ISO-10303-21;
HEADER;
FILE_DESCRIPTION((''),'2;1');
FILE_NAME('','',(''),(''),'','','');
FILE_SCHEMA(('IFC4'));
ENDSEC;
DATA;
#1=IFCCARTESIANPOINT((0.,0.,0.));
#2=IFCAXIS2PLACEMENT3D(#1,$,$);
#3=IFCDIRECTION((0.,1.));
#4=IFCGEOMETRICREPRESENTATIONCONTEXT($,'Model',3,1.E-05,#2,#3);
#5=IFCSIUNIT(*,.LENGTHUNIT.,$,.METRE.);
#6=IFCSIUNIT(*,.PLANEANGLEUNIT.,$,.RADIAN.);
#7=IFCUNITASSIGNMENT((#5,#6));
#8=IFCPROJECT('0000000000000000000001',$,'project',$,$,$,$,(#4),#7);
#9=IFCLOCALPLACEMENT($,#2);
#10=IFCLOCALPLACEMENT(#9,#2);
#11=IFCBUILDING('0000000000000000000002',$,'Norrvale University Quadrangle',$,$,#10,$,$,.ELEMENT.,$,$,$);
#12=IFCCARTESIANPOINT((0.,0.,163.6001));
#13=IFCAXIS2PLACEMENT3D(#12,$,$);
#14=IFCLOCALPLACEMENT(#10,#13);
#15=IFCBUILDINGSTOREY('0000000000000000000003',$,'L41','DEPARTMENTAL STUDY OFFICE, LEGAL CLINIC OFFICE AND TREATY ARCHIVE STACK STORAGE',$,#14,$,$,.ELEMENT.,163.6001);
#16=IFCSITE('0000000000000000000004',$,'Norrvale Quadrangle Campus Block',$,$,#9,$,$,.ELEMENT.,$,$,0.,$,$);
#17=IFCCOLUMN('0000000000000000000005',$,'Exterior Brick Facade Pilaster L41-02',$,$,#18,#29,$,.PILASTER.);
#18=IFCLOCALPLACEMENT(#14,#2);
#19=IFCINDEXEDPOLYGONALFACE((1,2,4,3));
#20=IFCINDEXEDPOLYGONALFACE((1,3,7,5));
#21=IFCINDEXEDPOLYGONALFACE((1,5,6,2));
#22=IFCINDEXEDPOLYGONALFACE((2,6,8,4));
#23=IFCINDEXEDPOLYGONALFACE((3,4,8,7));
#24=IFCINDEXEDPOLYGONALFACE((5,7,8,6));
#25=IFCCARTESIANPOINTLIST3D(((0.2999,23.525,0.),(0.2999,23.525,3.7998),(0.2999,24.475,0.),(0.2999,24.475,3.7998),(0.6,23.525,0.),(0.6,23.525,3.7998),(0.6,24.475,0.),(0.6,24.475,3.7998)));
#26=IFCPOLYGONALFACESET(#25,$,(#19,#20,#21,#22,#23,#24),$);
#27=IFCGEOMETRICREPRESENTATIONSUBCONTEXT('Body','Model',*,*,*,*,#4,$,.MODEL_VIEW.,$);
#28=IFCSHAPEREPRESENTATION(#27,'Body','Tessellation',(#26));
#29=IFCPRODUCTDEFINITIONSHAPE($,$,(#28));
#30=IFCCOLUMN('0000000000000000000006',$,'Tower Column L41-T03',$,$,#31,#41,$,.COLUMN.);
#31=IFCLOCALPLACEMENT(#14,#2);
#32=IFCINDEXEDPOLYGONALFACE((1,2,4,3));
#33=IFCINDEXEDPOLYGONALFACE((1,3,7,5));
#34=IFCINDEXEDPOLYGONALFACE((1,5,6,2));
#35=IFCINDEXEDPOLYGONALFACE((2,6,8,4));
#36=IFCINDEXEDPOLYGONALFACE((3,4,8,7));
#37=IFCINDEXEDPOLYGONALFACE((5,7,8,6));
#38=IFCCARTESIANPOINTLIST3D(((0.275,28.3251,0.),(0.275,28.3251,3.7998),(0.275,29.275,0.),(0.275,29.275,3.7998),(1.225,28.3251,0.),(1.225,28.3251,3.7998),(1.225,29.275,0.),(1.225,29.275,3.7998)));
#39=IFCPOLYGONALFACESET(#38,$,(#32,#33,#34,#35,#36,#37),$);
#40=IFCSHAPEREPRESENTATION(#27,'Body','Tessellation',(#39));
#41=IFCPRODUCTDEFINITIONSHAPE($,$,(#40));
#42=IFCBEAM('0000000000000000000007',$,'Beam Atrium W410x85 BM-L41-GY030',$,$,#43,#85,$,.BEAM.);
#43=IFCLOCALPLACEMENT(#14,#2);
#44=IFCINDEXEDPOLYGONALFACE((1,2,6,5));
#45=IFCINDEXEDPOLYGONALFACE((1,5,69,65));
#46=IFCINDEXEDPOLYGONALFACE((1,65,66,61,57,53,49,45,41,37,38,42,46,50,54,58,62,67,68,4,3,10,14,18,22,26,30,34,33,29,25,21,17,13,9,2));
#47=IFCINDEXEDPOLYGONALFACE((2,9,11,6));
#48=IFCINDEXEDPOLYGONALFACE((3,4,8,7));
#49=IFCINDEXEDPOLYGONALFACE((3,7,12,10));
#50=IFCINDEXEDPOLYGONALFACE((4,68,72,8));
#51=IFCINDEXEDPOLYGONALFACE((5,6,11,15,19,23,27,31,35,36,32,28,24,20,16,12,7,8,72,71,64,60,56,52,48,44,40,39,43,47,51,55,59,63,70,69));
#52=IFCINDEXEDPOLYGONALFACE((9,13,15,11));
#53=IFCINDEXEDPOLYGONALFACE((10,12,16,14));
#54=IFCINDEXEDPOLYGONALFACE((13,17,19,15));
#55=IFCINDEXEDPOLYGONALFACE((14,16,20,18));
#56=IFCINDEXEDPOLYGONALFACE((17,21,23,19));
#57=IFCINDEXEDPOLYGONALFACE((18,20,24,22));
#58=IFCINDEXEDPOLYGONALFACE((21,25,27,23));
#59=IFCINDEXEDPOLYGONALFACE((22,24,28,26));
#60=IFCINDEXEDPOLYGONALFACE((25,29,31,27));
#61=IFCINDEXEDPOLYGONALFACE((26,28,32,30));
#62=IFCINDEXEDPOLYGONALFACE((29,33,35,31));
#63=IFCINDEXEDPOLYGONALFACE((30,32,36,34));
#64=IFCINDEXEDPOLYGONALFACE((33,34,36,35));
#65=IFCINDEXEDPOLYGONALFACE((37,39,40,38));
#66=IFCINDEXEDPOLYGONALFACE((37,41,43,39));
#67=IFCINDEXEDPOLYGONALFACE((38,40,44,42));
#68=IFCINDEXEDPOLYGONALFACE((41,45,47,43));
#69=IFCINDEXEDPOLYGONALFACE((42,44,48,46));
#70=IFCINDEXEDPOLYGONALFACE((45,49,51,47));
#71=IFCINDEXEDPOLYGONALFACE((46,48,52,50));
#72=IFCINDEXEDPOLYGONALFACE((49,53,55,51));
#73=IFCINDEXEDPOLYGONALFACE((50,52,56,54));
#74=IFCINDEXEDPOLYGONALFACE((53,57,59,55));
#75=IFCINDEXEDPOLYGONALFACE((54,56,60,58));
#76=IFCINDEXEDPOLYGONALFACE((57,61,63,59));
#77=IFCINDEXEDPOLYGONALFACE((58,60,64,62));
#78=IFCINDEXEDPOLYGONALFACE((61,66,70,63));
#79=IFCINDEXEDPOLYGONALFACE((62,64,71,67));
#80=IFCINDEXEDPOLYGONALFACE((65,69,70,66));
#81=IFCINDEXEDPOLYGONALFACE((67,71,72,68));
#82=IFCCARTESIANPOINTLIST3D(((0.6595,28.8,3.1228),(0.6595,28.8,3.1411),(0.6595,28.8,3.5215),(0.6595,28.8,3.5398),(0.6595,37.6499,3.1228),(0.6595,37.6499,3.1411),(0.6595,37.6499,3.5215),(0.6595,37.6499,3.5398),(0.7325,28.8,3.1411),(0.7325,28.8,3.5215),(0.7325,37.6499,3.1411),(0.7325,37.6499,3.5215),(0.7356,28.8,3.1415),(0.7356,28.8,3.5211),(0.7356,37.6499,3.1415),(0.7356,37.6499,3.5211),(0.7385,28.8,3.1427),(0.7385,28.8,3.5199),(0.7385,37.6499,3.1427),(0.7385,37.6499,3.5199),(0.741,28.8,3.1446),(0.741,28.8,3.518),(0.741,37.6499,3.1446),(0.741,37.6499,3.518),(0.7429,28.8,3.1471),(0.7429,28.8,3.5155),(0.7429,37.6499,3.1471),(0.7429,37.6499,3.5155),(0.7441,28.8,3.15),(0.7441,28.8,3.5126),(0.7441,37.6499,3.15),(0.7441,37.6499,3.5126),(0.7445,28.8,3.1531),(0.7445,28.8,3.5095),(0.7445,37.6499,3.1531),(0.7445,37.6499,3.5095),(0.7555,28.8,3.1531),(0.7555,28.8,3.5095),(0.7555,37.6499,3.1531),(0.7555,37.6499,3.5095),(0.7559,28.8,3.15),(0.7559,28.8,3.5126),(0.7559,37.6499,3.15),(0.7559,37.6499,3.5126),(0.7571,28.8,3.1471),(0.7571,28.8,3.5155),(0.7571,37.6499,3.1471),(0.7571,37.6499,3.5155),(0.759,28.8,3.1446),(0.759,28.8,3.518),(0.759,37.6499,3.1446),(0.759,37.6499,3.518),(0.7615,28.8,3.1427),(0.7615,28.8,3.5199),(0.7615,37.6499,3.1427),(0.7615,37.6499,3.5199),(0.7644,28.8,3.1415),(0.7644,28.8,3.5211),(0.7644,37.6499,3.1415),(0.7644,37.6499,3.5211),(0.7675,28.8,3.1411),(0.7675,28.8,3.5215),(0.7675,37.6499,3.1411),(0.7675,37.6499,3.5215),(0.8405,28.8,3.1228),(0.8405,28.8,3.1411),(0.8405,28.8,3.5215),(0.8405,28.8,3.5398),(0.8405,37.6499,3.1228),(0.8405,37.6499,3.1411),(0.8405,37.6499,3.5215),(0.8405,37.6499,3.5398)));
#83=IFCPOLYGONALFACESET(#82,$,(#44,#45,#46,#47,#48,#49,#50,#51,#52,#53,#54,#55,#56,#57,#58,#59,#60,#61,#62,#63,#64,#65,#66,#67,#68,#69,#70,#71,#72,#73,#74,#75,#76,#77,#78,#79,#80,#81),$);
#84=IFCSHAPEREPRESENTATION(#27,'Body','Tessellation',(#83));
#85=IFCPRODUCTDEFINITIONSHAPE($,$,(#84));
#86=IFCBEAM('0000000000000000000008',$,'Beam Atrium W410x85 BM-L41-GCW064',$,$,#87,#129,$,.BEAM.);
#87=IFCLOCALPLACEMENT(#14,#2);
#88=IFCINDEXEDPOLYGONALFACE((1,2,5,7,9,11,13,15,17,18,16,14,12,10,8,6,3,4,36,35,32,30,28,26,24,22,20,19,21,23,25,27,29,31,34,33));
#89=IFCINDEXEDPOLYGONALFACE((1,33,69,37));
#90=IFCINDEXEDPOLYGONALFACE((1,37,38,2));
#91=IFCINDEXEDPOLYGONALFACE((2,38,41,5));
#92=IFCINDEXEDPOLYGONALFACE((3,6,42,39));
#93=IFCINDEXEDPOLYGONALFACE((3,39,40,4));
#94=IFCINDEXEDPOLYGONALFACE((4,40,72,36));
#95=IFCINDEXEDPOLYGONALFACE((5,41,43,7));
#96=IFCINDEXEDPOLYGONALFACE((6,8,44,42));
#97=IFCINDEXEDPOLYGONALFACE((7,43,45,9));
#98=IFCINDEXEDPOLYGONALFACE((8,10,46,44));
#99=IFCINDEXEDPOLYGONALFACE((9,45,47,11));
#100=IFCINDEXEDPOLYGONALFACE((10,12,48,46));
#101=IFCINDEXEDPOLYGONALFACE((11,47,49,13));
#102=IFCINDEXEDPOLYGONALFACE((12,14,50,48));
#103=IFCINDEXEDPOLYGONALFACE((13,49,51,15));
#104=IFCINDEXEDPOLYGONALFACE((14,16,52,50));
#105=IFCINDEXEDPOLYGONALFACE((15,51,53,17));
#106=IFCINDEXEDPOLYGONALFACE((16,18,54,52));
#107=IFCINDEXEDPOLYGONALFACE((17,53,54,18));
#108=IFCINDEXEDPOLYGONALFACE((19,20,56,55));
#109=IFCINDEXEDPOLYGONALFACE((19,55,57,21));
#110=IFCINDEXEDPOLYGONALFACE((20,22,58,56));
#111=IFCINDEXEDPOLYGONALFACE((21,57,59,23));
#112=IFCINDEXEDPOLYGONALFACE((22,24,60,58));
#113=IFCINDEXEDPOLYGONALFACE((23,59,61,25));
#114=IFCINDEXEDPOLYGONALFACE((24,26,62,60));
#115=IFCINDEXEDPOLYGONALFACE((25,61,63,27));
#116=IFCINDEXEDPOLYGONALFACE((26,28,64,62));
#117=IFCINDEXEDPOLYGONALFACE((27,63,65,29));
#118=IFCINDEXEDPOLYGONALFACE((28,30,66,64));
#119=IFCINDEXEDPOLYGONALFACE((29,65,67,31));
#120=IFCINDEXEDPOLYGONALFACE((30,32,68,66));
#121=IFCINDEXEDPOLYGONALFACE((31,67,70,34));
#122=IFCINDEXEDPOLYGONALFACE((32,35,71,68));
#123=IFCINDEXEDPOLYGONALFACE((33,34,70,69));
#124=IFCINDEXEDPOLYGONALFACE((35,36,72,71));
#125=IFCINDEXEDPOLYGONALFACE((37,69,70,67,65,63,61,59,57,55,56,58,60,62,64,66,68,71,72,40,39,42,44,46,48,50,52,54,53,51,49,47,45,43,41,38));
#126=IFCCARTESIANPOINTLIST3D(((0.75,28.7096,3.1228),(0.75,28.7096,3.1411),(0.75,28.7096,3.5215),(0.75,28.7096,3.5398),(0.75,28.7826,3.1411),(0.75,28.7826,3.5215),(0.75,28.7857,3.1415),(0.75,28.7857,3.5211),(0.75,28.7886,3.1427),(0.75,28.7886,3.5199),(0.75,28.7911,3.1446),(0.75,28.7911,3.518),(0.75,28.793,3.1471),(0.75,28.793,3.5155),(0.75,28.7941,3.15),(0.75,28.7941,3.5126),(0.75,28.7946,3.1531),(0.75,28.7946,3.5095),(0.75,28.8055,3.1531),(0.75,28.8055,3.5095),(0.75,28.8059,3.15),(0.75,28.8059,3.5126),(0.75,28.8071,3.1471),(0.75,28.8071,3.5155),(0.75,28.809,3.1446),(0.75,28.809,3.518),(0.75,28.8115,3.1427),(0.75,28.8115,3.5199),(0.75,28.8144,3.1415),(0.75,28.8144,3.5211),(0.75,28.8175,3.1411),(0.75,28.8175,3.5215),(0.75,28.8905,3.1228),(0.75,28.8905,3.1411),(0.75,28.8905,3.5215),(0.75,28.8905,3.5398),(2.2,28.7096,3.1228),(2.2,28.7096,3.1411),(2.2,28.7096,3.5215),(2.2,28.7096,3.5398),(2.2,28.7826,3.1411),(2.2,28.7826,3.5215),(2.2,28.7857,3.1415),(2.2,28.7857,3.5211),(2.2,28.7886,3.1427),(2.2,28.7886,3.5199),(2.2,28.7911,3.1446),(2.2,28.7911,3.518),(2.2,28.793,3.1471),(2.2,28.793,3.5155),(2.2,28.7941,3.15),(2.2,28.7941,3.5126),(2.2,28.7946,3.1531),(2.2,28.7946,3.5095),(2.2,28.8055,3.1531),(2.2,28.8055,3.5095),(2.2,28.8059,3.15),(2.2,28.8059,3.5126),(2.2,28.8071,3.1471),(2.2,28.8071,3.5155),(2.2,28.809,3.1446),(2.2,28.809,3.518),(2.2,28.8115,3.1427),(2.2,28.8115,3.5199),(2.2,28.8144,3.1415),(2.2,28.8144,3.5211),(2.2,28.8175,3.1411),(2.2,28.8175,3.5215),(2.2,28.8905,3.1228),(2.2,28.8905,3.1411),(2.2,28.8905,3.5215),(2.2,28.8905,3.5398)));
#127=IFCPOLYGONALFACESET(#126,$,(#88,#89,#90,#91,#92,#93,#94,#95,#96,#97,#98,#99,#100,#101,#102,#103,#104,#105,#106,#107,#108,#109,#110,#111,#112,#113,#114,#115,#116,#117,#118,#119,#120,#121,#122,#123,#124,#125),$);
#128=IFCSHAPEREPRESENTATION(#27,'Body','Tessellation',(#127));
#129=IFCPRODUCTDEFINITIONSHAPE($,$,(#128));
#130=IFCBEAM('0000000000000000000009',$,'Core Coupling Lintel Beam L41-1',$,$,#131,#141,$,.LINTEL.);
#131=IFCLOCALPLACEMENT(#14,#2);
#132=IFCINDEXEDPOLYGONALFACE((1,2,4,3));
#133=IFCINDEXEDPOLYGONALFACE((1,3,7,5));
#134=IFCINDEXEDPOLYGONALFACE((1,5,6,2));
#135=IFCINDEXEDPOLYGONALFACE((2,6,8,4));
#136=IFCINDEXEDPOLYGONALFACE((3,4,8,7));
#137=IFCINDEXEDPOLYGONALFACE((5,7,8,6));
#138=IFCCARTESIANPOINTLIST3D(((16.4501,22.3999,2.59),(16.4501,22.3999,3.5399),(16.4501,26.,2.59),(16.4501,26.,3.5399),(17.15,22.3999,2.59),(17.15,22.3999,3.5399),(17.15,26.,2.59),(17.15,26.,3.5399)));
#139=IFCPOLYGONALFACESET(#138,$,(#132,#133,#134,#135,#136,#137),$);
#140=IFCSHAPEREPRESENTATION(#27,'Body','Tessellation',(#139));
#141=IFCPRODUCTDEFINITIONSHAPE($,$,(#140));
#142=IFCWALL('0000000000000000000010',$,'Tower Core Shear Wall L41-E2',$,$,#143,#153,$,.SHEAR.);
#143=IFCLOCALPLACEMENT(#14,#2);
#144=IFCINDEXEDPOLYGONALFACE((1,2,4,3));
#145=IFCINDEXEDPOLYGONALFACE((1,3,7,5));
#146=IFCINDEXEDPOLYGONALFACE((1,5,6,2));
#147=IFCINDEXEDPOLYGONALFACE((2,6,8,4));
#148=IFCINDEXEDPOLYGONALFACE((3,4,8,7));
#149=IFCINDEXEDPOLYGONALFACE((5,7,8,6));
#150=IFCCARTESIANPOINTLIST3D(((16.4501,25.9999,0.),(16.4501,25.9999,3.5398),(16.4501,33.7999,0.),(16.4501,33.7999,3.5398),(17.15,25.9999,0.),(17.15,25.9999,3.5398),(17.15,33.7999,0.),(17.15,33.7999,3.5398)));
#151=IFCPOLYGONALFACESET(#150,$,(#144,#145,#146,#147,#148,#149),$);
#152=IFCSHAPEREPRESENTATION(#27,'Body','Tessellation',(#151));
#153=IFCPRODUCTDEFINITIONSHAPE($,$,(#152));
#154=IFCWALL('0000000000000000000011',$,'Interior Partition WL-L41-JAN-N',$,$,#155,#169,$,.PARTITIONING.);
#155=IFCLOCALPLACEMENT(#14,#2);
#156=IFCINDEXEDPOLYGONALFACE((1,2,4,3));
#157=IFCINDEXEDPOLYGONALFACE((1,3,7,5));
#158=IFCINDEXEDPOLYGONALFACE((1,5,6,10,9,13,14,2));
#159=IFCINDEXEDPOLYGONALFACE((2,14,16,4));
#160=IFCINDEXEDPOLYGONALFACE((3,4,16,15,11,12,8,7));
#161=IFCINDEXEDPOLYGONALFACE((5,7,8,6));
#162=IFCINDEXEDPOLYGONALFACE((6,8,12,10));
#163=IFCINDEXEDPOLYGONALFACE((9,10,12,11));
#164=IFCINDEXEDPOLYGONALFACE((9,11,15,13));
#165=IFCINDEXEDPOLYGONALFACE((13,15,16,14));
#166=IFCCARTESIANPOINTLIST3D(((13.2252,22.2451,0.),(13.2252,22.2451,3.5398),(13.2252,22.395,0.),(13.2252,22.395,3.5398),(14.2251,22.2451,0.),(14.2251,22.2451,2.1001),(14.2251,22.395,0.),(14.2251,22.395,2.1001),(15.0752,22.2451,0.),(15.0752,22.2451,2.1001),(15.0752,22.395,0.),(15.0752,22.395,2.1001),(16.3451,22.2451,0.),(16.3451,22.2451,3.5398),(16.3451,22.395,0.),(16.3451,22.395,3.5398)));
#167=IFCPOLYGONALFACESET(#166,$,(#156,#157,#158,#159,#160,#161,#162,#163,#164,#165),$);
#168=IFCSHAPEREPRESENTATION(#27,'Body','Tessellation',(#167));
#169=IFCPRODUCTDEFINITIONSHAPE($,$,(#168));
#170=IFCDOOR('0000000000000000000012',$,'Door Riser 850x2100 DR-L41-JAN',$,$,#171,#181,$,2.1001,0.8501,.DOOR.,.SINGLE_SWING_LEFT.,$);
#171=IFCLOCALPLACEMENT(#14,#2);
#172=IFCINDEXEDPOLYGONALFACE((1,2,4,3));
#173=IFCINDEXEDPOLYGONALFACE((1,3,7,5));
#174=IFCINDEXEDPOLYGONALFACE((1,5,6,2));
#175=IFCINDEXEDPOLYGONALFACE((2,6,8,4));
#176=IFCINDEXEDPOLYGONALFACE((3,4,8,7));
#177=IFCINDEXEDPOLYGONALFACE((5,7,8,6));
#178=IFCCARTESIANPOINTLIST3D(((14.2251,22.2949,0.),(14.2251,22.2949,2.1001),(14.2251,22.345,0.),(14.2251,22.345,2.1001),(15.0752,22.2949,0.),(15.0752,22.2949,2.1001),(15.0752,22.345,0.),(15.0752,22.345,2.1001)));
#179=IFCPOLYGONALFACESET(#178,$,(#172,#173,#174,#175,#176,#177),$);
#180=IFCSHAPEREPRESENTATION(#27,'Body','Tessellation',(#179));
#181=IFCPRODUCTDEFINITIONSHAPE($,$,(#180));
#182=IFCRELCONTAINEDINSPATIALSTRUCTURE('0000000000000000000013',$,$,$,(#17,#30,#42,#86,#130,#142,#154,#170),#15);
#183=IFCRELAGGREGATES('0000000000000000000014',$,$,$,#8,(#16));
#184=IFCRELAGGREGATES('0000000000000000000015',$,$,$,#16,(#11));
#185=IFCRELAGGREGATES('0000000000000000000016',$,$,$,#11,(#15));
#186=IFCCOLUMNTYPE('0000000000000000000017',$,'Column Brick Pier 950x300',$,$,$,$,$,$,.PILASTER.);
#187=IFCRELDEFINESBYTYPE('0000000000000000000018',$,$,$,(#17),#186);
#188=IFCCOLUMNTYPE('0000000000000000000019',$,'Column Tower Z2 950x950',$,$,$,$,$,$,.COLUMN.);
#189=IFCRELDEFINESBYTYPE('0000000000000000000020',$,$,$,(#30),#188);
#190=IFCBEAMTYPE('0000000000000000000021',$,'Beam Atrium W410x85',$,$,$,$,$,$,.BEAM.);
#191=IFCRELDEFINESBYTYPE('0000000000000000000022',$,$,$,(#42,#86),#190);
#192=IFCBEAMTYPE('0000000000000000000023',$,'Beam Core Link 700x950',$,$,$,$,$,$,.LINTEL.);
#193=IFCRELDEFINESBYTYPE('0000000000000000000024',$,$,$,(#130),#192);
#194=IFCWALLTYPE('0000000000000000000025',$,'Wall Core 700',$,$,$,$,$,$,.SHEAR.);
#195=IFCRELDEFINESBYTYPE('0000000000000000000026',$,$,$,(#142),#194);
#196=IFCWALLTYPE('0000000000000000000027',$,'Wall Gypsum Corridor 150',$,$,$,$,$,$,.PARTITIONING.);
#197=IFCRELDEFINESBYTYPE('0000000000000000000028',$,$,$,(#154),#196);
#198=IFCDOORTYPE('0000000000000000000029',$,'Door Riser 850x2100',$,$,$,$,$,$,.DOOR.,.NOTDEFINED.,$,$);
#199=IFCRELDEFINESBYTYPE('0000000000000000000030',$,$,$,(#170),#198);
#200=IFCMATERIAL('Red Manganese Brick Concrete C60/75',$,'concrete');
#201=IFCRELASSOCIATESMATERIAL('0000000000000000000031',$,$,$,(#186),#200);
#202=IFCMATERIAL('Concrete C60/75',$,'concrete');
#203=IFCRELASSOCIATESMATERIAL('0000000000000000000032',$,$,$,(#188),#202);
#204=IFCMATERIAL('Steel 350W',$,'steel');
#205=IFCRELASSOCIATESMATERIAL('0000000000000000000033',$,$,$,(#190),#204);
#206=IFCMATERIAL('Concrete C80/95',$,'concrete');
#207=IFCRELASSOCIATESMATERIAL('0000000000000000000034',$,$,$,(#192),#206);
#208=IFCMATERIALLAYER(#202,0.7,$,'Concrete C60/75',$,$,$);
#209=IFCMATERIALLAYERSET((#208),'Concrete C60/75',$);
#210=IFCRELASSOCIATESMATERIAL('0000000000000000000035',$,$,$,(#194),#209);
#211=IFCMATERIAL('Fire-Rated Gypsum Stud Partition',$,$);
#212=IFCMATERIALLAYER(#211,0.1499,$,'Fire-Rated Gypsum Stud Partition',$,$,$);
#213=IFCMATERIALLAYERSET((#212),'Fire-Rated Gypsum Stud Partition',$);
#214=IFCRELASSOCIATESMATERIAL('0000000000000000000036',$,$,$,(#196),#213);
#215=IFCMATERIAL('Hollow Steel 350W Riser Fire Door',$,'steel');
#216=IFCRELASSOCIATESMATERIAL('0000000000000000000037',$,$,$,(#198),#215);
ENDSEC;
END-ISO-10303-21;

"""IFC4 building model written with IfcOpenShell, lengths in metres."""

from ifc_helpers import new_model, si_unit, direction, frame, frame_2d, origin, origin_2d, place, context, subcontext, project, spatial, rectangle, i_section, extrude, material, layer, layer_set, material_profile, profile_set, type_object, element, fill, save


model = new_model("IFC4")

# Units and contexts
model_context = context("Model", 3, precision=1e-05, world=origin(), true_north=direction((0.0, 1.0)))
body_context = subcontext(model_context, "Body", "Model", "MODEL_VIEW")
ifc_project = project(units=[si_unit("LENGTHUNIT", "METRE"), si_unit("PLANEANGLEUNIT", "RADIAN")], contexts=[model_context])

# Site, building, storey
site_placement = place(None, origin())
site = spatial("IfcSite", under=ifc_project, at=site_placement, Name="Norrvale Quadrangle Campus Block", CompositionType="ELEMENT", RefElevation=0.0)
building_placement = place(site_placement, origin())
building = spatial("IfcBuilding", under=site, at=building_placement, Name="Norrvale University Quadrangle", CompositionType="ELEMENT")
storey_placement = place(building_placement, frame((0.0, 0.0, 163.6001)))
storey = spatial("IfcBuildingStorey", under=building, at=storey_placement, Name="L41", Description="DEPARTMENTAL STUDY OFFICE, LEGAL CLINIC OFFICE AND TREATY ARCHIVE STACK STORAGE", CompositionType="ELEMENT", Elevation=163.6001)

# Columns
ifc_material_1 = material(Name="Red Manganese Brick Concrete C60/75", Category="concrete")
ifc_material_profile_1 = material_profile(ifc_material_1, rectangle(XDim=0.95, YDim=0.3, at=origin_2d()), Name="Red Manganese Brick Concrete C60/75")
ifc_profile_set_1 = profile_set([ifc_material_profile_1], Name="Red Manganese Brick Concrete C60/75")
column_type_1 = type_object("IfcColumnType", Name="Column Brick Pier 950x300", PredefinedType="PILASTER", material=ifc_profile_set_1)
column_1_placement = place(storey_placement, frame((0.45, 24.0, 0.0), z_axis=(0.0, 0.0, 1.0), x_axis=(0.0, 1.0, 0.0)))
element("IfcColumn", 1, at=column_1_placement, inside=storey, type_object=column_type_1, Name="Exterior Brick Facade Pilaster L41-02", PredefinedType="PILASTER", context=body_context, shape_type="SweptSolid", body=[
    extrude(rectangle(XDim=0.95, YDim=0.3, at=origin_2d()), origin(), (0.0, 0.0, 1.0), 3.7998),
])
ifc_material_2 = material(Name="Concrete C60/75", Category="concrete")
ifc_material_profile_2 = material_profile(ifc_material_2, rectangle(XDim=0.95, YDim=0.95, at=origin_2d()), Name="Concrete C60/75")
ifc_profile_set_2 = profile_set([ifc_material_profile_2], Name="Concrete C60/75")
column_type_2 = type_object("IfcColumnType", Name="Column Tower Z2 950x950", PredefinedType="COLUMN", material=ifc_profile_set_2)
column_2_placement = place(storey_placement, frame((0.75, 28.8, 0.0), z_axis=(0.0, 0.0, 1.0), x_axis=(1.0, 0.0, 0.0)))
element("IfcColumn", 2, at=column_2_placement, inside=storey, type_object=column_type_2, Name="Tower Column L41-T03", PredefinedType="COLUMN", context=body_context, shape_type="SweptSolid", body=[
    extrude(rectangle(XDim=0.95, YDim=0.95, at=origin_2d()), origin(), (0.0, 0.0, 1.0), 3.7998),
])

# Beams
ifc_material_3 = material(Name="Steel 350W", Category="steel")
ifc_material_profile_3 = material_profile(ifc_material_3, i_section(OverallWidth=0.1809, OverallDepth=0.417, WebThickness=0.011, FlangeThickness=0.0183, FilletRadius=0.012, at=origin_2d()), Name="Steel 350W")
ifc_profile_set_3 = profile_set([ifc_material_profile_3], Name="Steel 350W")
beam_type_1 = type_object("IfcBeamType", Name="Beam Atrium W410x85", PredefinedType="BEAM", material=ifc_profile_set_3)
beam_1_placement = place(storey_placement, frame((0.75, 28.8, 3.3313), z_axis=(0.0, 1.0, 0.0), x_axis=(-1.0, 0.0, 0.0)))
element("IfcBeam", 3, at=beam_1_placement, inside=storey, type_object=beam_type_1, Name="Beam Atrium W410x85 BM-L41-GY030", PredefinedType="BEAM", context=body_context, shape_type="SweptSolid", body=[
    extrude(i_section(OverallWidth=0.1809, OverallDepth=0.417, WebThickness=0.011, FlangeThickness=0.0183, FilletRadius=0.012, at=origin_2d()), origin(), (0.0, 0.0, 1.0), 8.8499),
])
beam_2_placement = place(storey_placement, frame((0.75, 28.8, 3.3313), z_axis=(1.0, 0.0, 0.0), x_axis=(0.0, 1.0, 0.0)))
element("IfcBeam", 4, at=beam_2_placement, inside=storey, type_object=beam_type_1, Name="Beam Atrium W410x85 BM-L41-GCW064", PredefinedType="BEAM", context=body_context, shape_type="SweptSolid", body=[
    extrude(i_section(OverallWidth=0.1809, OverallDepth=0.417, WebThickness=0.011, FlangeThickness=0.0183, FilletRadius=0.012, at=origin_2d()), origin(), (0.0, 0.0, 1.0), 1.45),
])
ifc_material_4 = material(Name="Concrete C80/95", Category="concrete")
ifc_material_profile_4 = material_profile(ifc_material_4, rectangle(XDim=0.7, YDim=0.95, at=origin_2d()), Name="Concrete C80/95")
ifc_profile_set_4 = profile_set([ifc_material_profile_4], Name="Concrete C80/95")
beam_type_2 = type_object("IfcBeamType", Name="Beam Core Link 700x950", PredefinedType="LINTEL", material=ifc_profile_set_4)
beam_3_placement = place(storey_placement, frame((16.8, 22.3999, 3.0649), z_axis=(0.0, 1.0, 0.0), x_axis=(-1.0, 0.0, 0.0)))
element("IfcBeam", 5, at=beam_3_placement, inside=storey, type_object=beam_type_2, Name="Core Coupling Lintel Beam L41-1", PredefinedType="LINTEL", context=body_context, shape_type="SweptSolid", body=[
    extrude(rectangle(XDim=0.7, YDim=0.95, at=origin_2d()), origin(), (0.0, 0.0, 1.0), 3.6001),
])

# Wall
ifc_layer_1 = layer(ifc_material_2, 0.7, Name="Concrete C60/75")
ifc_layer_set_1 = layer_set([ifc_layer_1], Name="Concrete C60/75")
wall_type_1 = type_object("IfcWallType", Name="Wall Core 700", PredefinedType="SHEAR", material=ifc_layer_set_1)
wall_1_placement = place(storey_placement, frame((16.8, 26.0, 0.0), z_axis=(0.0, 0.0, 1.0), x_axis=(0.0, 1.0, 0.0)))
element("IfcWall", 6, at=wall_1_placement, inside=storey, type_object=wall_type_1, Name="Tower Core Shear Wall L41-E2", PredefinedType="SHEAR", context=body_context, shape_type="SweptSolid", body=[
    extrude(rectangle(XDim=7.8, YDim=0.7, at=frame_2d((3.8999, 0.0))), origin(), (0.0, 0.0, 1.0), 3.5398),
])

# Wall, opening, door
ifc_material_5 = material(Name="Fire-Rated Gypsum Stud Partition")
ifc_layer_2 = layer(ifc_material_5, 0.1499, Name="Fire-Rated Gypsum Stud Partition")
ifc_layer_set_2 = layer_set([ifc_layer_2], Name="Fire-Rated Gypsum Stud Partition")
wall_type_2 = type_object("IfcWallType", Name="Wall Gypsum Corridor 150", PredefinedType="PARTITIONING", material=ifc_layer_set_2)
wall_2_placement = place(storey_placement, frame((13.2251, 22.3201, 0.0), z_axis=(0.0, 0.0, 1.0), x_axis=(1.0, 0.0, 0.0)))
wall_2 = element("IfcWall", 7, at=wall_2_placement, inside=storey, type_object=wall_type_2, Name="Interior Partition WL-L41-JAN-N", PredefinedType="PARTITIONING", context=body_context, shape_type="SweptSolid", body=[
    extrude(rectangle(XDim=3.1199, YDim=0.1499, at=frame_2d((1.5601, 0.0))), origin(), (0.0, 0.0, 1.0), 3.5398),
])
opening_1_placement = place(wall_2_placement, frame((1.0, 0.0, 0.0)))
opening_1 = element("IfcOpeningElement", 8, at=opening_1_placement, cuts=wall_2, PredefinedType="OPENING", context=body_context, shape_type="SweptSolid", body=[
    extrude(rectangle(XDim=0.8501, YDim=2.1001, at=frame_2d((0.425, 1.05))), frame((0.0, 0.0869, 0.0), z_axis=(0.0, -1.0, 0.0), x_axis=(1.0, 0.0, 0.0)), (0.0, 0.0, 1.0), 0.1738),
])
ifc_material_6 = material(Name="Hollow Steel 350W Riser Fire Door", Category="steel")
door_type_1 = type_object("IfcDoorType", Name="Door Riser 850x2100", OperationType="NOTDEFINED", PredefinedType="DOOR", material=ifc_material_6)
door_1_placement = place(opening_1_placement, origin())
door_1 = element("IfcDoor", 9, at=door_1_placement, inside=storey, type_object=door_type_1, Name="Door Riser 850x2100 DR-L41-JAN", OperationType="SINGLE_SWING_LEFT", OverallHeight=2.1001, OverallWidth=0.8501, PredefinedType="DOOR", context=body_context, shape_type="SweptSolid", body=[
    extrude(rectangle(XDim=0.8501, YDim=2.1001, at=frame_2d((0.425, 1.05))), frame((0.0, 0.0249, 0.0), z_axis=(0.0, -1.0, 0.0), x_axis=(1.0, 0.0, 0.0)), (0.0, 0.0, 1.0), 0.05),
])
fill(opening_1, door_1)

save(model, "model.ifc")
